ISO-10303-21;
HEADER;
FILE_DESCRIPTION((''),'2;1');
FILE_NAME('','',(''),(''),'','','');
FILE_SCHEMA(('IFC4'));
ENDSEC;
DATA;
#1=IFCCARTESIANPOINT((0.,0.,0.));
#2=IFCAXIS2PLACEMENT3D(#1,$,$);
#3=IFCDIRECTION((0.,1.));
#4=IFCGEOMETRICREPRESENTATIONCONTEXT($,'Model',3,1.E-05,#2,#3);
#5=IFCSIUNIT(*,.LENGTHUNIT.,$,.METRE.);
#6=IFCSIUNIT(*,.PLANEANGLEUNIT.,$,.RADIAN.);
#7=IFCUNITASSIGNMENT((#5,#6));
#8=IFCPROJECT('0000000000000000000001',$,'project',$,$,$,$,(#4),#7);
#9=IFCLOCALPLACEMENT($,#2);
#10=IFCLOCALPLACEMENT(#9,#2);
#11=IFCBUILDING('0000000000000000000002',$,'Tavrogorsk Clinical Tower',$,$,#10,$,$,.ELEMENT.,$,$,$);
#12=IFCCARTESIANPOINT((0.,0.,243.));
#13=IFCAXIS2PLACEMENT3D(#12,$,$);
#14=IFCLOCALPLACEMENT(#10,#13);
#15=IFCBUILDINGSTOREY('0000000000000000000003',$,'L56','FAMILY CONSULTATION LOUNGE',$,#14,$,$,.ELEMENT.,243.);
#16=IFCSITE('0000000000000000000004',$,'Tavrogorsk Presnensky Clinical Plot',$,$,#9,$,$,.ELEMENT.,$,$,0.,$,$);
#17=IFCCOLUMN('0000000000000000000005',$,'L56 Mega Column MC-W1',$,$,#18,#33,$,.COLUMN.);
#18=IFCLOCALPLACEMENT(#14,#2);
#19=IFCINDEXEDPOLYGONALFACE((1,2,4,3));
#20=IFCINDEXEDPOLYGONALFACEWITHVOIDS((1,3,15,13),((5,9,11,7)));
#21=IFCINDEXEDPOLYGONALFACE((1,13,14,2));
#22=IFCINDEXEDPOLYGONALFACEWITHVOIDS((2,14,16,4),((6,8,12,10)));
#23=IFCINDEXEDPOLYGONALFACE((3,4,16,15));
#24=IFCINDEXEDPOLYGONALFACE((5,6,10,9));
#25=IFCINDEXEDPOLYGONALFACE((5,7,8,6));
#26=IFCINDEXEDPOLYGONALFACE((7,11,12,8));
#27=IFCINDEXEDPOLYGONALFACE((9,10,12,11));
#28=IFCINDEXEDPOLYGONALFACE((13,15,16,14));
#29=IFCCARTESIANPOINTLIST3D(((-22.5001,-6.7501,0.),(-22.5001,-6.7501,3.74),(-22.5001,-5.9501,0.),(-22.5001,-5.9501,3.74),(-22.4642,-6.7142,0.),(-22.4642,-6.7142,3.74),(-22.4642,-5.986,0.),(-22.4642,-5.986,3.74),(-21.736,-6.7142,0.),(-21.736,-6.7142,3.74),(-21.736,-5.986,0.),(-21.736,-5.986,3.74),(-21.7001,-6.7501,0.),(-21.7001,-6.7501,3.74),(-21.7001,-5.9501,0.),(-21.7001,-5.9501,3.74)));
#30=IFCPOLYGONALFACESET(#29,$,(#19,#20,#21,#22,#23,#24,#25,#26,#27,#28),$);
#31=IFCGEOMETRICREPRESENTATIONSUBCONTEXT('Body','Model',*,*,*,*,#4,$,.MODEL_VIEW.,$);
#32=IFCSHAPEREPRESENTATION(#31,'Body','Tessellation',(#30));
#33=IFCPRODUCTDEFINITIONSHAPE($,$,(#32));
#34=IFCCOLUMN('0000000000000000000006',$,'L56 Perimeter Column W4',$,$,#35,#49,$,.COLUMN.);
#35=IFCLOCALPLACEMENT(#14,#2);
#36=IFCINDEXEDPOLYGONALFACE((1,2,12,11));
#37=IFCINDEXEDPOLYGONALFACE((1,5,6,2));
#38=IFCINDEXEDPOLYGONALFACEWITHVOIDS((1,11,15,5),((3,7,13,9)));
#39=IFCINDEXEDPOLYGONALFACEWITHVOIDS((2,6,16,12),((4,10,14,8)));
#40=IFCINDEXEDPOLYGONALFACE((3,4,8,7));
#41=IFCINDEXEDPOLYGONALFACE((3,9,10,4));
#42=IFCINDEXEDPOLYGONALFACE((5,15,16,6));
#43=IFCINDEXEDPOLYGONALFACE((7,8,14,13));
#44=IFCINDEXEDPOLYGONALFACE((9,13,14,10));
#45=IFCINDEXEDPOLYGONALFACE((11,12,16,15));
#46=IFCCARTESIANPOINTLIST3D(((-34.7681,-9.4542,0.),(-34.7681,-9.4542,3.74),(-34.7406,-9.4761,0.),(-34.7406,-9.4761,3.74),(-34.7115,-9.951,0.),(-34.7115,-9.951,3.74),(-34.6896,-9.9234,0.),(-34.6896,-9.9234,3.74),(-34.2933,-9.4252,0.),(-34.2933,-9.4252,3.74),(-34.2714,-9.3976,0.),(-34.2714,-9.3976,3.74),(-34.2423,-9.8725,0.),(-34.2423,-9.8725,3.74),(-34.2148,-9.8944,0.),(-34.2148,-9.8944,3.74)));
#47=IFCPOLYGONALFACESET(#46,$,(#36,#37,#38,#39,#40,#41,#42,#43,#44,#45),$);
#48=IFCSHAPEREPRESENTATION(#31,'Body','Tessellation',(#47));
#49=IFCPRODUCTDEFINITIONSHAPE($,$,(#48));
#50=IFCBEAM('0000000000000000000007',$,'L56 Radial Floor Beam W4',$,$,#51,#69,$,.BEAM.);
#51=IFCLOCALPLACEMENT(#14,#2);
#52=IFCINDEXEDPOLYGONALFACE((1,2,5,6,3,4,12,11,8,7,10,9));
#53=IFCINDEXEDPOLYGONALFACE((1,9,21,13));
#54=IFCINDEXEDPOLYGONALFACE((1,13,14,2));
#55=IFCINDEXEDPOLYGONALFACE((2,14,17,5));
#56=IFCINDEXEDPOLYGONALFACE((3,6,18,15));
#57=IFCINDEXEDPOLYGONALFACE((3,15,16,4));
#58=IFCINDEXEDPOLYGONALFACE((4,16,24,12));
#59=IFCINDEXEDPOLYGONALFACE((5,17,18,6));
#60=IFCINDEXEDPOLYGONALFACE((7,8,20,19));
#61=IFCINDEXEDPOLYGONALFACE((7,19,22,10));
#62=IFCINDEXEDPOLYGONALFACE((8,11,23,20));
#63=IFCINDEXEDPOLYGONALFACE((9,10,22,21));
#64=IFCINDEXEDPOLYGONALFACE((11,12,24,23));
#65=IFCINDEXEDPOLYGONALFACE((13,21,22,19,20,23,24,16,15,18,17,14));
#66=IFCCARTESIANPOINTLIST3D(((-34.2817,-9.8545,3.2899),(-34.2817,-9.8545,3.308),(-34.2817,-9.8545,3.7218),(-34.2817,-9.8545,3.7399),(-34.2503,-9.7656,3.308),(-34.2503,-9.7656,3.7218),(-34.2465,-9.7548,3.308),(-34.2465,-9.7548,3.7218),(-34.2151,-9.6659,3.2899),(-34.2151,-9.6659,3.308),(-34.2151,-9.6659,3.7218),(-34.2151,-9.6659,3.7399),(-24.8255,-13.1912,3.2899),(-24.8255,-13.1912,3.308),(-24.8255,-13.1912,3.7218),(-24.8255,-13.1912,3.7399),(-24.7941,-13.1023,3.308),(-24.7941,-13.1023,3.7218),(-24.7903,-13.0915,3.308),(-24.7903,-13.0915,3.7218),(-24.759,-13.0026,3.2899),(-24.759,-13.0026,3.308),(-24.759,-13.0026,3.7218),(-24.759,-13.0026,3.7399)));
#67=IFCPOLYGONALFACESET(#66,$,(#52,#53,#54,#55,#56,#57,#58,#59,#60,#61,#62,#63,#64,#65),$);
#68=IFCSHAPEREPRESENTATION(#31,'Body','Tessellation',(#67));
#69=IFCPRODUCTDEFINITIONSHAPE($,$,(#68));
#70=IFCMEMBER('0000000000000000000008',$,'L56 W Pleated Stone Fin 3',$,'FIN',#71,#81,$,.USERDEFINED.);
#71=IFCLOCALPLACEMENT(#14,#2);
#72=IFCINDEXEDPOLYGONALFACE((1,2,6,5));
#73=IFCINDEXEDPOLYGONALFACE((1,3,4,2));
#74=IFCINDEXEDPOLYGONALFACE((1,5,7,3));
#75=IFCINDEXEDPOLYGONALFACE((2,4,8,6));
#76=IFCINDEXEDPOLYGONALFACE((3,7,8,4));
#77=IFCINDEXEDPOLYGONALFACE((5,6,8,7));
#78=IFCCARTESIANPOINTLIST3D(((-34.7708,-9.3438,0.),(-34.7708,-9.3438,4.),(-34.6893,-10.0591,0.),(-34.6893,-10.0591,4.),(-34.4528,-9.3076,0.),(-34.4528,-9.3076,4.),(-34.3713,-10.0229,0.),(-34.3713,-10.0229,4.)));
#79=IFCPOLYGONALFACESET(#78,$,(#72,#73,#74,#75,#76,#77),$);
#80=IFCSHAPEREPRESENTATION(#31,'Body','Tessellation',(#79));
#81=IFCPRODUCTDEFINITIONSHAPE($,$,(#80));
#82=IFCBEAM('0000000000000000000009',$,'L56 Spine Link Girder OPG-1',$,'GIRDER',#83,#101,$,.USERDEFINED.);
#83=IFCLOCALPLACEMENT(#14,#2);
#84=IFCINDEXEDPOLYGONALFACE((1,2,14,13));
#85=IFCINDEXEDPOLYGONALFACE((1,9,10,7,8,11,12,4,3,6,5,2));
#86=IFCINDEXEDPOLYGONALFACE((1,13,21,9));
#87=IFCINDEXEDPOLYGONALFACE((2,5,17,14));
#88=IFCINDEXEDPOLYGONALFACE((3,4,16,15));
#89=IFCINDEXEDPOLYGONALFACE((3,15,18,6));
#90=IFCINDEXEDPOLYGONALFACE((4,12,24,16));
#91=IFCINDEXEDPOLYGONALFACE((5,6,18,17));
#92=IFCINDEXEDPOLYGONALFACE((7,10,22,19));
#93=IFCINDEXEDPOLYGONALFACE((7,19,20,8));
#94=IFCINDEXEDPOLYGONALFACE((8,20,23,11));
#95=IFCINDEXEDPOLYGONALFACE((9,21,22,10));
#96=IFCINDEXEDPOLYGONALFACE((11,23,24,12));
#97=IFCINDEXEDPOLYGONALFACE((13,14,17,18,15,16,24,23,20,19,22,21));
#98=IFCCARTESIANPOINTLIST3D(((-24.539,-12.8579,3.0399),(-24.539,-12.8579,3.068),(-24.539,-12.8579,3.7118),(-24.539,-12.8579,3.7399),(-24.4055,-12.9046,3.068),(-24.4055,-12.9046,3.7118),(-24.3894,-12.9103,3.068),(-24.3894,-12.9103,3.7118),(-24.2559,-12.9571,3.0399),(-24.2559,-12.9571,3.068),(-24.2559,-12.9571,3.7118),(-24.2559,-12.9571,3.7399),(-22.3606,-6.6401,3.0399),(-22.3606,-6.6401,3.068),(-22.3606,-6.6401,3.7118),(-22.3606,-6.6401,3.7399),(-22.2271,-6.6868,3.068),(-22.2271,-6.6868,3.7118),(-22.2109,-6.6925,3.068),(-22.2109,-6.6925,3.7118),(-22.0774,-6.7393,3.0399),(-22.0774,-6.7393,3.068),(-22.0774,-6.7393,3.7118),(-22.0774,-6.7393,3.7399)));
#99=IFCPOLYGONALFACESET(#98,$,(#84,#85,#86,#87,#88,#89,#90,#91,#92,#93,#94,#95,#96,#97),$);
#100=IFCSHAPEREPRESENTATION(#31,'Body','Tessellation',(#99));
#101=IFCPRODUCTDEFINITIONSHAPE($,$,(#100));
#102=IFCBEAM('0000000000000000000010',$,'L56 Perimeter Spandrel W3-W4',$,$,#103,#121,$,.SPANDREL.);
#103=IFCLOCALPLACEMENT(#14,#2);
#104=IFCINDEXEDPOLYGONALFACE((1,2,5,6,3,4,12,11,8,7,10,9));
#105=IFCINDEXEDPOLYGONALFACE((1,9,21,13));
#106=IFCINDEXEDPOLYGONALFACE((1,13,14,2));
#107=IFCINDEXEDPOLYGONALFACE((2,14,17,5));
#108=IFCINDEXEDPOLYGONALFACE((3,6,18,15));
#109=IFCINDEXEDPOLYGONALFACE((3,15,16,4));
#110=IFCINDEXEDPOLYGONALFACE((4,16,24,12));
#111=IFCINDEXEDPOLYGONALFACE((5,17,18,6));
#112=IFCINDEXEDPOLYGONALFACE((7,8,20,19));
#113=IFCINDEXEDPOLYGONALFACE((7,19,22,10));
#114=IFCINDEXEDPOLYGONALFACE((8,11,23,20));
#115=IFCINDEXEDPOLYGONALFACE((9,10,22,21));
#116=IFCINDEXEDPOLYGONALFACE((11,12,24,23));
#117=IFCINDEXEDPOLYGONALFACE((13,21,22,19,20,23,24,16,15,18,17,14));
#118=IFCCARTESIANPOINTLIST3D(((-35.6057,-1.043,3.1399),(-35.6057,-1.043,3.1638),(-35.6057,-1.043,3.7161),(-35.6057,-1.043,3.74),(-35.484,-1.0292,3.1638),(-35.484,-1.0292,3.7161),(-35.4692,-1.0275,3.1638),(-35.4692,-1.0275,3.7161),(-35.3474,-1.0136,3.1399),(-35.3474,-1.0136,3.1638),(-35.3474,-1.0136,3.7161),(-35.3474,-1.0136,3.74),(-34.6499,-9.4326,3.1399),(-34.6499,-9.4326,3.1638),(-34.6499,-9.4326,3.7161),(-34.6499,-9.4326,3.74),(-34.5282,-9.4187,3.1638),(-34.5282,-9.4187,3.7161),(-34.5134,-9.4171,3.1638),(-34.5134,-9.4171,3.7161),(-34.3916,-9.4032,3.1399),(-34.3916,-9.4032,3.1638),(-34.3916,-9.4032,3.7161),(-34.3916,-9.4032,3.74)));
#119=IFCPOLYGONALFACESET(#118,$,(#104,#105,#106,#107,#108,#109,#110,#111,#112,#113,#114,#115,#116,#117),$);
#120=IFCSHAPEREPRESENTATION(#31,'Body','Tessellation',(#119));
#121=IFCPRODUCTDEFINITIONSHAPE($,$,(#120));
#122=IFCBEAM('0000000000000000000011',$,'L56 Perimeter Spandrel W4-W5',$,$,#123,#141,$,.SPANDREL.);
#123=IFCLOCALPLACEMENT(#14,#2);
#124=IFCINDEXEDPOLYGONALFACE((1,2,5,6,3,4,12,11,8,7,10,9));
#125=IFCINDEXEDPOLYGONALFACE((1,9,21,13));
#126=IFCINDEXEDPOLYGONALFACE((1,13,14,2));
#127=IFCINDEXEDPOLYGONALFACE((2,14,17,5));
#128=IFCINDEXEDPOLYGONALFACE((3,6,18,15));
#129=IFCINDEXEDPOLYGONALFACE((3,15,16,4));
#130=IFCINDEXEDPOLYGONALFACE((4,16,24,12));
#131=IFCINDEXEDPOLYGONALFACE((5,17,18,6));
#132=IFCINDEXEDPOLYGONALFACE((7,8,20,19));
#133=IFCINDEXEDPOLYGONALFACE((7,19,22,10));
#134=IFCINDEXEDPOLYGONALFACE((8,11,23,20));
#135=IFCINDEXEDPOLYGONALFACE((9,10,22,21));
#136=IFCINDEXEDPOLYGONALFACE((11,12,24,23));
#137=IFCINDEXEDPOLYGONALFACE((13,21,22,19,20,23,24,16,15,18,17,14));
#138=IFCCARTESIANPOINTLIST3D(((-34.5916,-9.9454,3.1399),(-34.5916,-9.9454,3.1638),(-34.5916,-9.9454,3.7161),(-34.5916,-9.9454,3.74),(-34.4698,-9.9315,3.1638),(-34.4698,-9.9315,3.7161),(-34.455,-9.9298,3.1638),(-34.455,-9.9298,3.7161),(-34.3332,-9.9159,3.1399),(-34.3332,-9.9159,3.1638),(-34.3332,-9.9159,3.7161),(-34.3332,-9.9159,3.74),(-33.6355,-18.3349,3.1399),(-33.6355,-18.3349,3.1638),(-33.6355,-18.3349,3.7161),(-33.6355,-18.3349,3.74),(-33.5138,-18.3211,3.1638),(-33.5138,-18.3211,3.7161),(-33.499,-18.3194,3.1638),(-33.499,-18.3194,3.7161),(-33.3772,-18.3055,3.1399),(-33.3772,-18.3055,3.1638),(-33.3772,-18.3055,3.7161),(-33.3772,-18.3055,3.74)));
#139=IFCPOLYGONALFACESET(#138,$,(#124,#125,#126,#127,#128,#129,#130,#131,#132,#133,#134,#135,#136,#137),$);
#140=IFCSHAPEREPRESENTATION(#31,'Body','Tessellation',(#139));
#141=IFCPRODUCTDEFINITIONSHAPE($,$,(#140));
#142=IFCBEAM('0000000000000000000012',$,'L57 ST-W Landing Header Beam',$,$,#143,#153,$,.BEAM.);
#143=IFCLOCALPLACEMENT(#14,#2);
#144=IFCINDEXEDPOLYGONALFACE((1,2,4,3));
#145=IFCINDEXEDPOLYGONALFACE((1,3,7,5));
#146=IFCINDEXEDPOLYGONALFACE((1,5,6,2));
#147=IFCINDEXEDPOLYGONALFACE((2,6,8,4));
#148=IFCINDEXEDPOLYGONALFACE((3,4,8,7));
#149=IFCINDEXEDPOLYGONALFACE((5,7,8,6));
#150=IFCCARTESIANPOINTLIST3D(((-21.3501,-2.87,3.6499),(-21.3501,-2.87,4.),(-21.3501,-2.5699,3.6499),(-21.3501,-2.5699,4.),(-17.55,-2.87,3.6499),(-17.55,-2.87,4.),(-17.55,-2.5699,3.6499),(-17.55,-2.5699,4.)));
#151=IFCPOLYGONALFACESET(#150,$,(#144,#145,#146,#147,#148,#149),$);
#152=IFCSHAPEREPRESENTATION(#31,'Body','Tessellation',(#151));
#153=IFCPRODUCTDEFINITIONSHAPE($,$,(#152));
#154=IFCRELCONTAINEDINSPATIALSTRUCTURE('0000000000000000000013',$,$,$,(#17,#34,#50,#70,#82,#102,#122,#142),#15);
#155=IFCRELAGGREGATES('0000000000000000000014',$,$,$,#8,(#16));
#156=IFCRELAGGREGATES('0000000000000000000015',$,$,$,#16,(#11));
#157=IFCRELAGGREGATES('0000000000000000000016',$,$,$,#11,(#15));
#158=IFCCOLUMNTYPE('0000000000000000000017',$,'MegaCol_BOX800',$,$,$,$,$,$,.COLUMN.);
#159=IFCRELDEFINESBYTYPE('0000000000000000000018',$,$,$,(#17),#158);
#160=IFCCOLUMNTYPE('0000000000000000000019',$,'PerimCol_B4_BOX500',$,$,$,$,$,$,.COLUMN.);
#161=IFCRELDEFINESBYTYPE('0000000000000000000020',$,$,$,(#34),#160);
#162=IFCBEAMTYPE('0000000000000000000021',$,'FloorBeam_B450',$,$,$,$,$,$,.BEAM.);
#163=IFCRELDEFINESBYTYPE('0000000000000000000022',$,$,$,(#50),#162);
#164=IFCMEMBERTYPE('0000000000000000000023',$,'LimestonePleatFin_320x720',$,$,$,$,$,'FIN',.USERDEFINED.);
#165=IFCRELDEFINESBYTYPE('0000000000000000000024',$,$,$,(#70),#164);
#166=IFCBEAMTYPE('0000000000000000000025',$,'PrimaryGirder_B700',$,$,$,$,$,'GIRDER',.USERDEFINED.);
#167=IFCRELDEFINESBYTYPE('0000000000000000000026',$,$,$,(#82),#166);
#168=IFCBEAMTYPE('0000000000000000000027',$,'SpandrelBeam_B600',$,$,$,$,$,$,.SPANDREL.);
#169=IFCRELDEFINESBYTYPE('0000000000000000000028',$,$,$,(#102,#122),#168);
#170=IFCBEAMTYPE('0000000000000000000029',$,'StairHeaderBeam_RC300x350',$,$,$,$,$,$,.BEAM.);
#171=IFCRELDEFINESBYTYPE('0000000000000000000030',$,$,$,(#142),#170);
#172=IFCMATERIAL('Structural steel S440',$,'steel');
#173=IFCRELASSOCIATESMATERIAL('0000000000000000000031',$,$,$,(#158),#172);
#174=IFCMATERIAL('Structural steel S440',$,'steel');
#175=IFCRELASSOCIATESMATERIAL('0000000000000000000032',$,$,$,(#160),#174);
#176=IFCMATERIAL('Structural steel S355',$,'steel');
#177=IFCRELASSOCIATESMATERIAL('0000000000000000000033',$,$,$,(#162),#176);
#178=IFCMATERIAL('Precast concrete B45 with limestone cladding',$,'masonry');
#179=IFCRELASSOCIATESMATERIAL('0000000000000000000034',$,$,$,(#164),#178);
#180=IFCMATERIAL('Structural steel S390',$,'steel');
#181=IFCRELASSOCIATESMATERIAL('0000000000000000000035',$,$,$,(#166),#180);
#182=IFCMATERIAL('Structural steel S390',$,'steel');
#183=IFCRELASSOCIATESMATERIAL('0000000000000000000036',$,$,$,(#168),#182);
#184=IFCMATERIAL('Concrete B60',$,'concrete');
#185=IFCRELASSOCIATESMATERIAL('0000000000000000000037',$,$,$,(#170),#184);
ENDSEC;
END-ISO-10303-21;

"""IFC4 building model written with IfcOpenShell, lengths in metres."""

from ifc_helpers import new_model, si_unit, direction, frame, origin, origin_2d, place, context, subcontext, project, spatial, rectangle, hollow_rectangle, i_section, extrude, material, material_profile, profile_set, type_object, element, save


model = new_model("IFC4")

# Units and contexts
model_context = context("Model", 3, precision=1e-05, world=origin(), true_north=direction((0.0, 1.0)))
body_context = subcontext(model_context, "Body", "Model", "MODEL_VIEW")
ifc_project = project(units=[si_unit("LENGTHUNIT", "METRE"), si_unit("PLANEANGLEUNIT", "RADIAN")], contexts=[model_context])

# Site, building, storey
site_placement = place(None, origin())
site = spatial("IfcSite", under=ifc_project, at=site_placement, Name="Tavrogorsk Presnensky Clinical Plot", CompositionType="ELEMENT", RefElevation=0.0)
building_placement = place(site_placement, origin())
building = spatial("IfcBuilding", under=site, at=building_placement, Name="Tavrogorsk Clinical Tower", CompositionType="ELEMENT")
storey_placement = place(building_placement, frame((0.0, 0.0, 243.0)))
storey = spatial("IfcBuildingStorey", under=building, at=storey_placement, Name="L56", Description="FAMILY CONSULTATION LOUNGE", CompositionType="ELEMENT", Elevation=243.0)

# Columns
ifc_material_1 = material(Name="Structural steel S440", Category="steel")
ifc_material_profile_1 = material_profile(ifc_material_1, hollow_rectangle(XDim=0.8, YDim=0.8, WallThickness=0.0359, at=origin_2d()), Name="BOX-800x800x36")
ifc_profile_set_1 = profile_set([ifc_material_profile_1], Name="Structural steel S440")
column_type_1 = type_object("IfcColumnType", Name="MegaCol_BOX800", PredefinedType="COLUMN", material=ifc_profile_set_1)
column_1_placement = place(storey_placement, frame((-22.1001, -6.3501, 0.0), z_axis=(0.0, 0.0, 1.0), x_axis=(1.0, 0.0, 0.0)))
element("IfcColumn", 1, at=column_1_placement, inside=storey, type_object=column_type_1, Name="L56 Mega Column MC-W1", PredefinedType="COLUMN", context=body_context, shape_type="SweptSolid", body=[
    extrude(hollow_rectangle(XDim=0.8, YDim=0.8, WallThickness=0.0359, at=origin_2d()), origin(), (0.0, 0.0, 1.0), 3.74),
])
ifc_material_2 = material(Name="Structural steel S440", Category="steel")
ifc_material_profile_2 = material_profile(ifc_material_2, hollow_rectangle(XDim=0.5, YDim=0.5, WallThickness=0.0249, at=origin_2d()), Name="BOX-500x500x25")
ifc_profile_set_2 = profile_set([ifc_material_profile_2], Name="Structural steel S440")
column_type_2 = type_object("IfcColumnType", Name="PerimCol_B4_BOX500", PredefinedType="COLUMN", material=ifc_profile_set_2)
column_2_placement = place(storey_placement, frame((-34.4915, -9.6743, 0.0), z_axis=(0.0, 0.0, 1.0), x_axis=(0.993572, 0.113203, 0.0)))
element("IfcColumn", 2, at=column_2_placement, inside=storey, type_object=column_type_2, Name="L56 Perimeter Column W4", PredefinedType="COLUMN", context=body_context, shape_type="SweptSolid", body=[
    extrude(hollow_rectangle(XDim=0.5, YDim=0.5, WallThickness=0.0249, at=origin_2d()), origin(), (0.0, 0.0, 1.0), 3.74),
])

# Beam
ifc_material_3 = material(Name="Structural steel S355", Category="steel")
ifc_material_profile_3 = material_profile(ifc_material_3, i_section(OverallWidth=0.2, OverallDepth=0.45, WebThickness=0.0115, FlangeThickness=0.0181, at=origin_2d()), Name="B-450x200x11.5x18")
ifc_profile_set_3 = profile_set([ifc_material_profile_3], Name="Structural steel S355")
beam_type_1 = type_object("IfcBeamType", Name="FloorBeam_B450", PredefinedType="BEAM", material=ifc_profile_set_3)
beam_1_placement = place(storey_placement, frame((-24.7922, -13.0969, 3.5149), z_axis=(-0.943014, 0.332753, 0.0), x_axis=(-0.332753, -0.943014, 0.0)))
element("IfcBeam", 3, at=beam_1_placement, inside=storey, type_object=beam_type_1, Name="L56 Radial Floor Beam W4", PredefinedType="BEAM", context=body_context, shape_type="SweptSolid", body=[
    extrude(i_section(OverallWidth=0.2, OverallDepth=0.45, WebThickness=0.0115, FlangeThickness=0.0181, at=origin_2d()), origin(), (0.0, 0.0, 1.0), 10.0276),
])

# Member
ifc_material_4 = material(Name="Precast concrete B45 with limestone cladding", Category="masonry")
ifc_material_profile_4 = material_profile(ifc_material_4, rectangle(XDim=0.3201, YDim=0.72, at=origin_2d()), Name="LIMESTONE-FIN-320x720")
ifc_profile_set_4 = profile_set([ifc_material_profile_4], Name="Precast concrete B45 with limestone cladding")
member_type = type_object("IfcMemberType", Name="LimestonePleatFin_320x720", ElementType="FIN", PredefinedType="USERDEFINED", material=ifc_profile_set_4)
member_placement = place(storey_placement, frame((-34.571, -9.6833, 0.0), z_axis=(0.0, 0.0, 1.0), x_axis=(0.993572, 0.113203, 0.0)))
element("IfcMember", 4, at=member_placement, inside=storey, type_object=member_type, Name="L56 W Pleated Stone Fin 3", ObjectType="FIN", PredefinedType="USERDEFINED", context=body_context, shape_type="SweptSolid", body=[
    extrude(rectangle(XDim=0.3201, YDim=0.72, at=origin_2d()), origin(), (0.0, 0.0, 1.0), 4.0),
])

# Beams
ifc_material_5 = material(Name="Structural steel S390", Category="steel")
ifc_material_profile_5 = material_profile(ifc_material_5, i_section(OverallWidth=0.3, OverallDepth=0.7, WebThickness=0.0171, FlangeThickness=0.0281, at=origin_2d()), Name="B-700x300x17x28")
ifc_profile_set_5 = profile_set([ifc_material_profile_5], Name="Structural steel S390")
beam_type_2 = type_object("IfcBeamType", Name="PrimaryGirder_B700", ElementType="GIRDER", PredefinedType="USERDEFINED", material=ifc_profile_set_5)
beam_2_placement = place(storey_placement, frame((-24.3975, -12.9075, 3.3899), z_axis=(0.330654, 0.943752, 0.0), x_axis=(-0.943752, 0.330654, 0.0)))
element("IfcBeam", 5, at=beam_2_placement, inside=storey, type_object=beam_type_2, Name="L56 Spine Link Girder OPG-1", ObjectType="GIRDER", PredefinedType="USERDEFINED", context=body_context, shape_type="SweptSolid", body=[
    extrude(i_section(OverallWidth=0.3, OverallDepth=0.7, WebThickness=0.0171, FlangeThickness=0.0281, at=origin_2d()), origin(), (0.0, 0.0, 1.0), 6.5884),
])
ifc_material_6 = material(Name="Structural steel S390", Category="steel")
ifc_material_profile_6 = material_profile(ifc_material_6, i_section(OverallWidth=0.26, OverallDepth=0.6001, WebThickness=0.0149, FlangeThickness=0.0239, at=origin_2d()), Name="B-600x260x15x24")
ifc_profile_set_6 = profile_set([ifc_material_profile_6], Name="Structural steel S390")
beam_type_3 = type_object("IfcBeamType", Name="SpandrelBeam_B600", PredefinedType="SPANDREL", material=ifc_profile_set_6)
for number, where, z_axis, x_axis, name in (
    (6, (-35.4766, -1.0283, 3.4399), (0.113195, -0.993573, 0.0), (0.993573, 0.113195, 0.0), "L56 Perimeter Spandrel W3-W4"),
    (7, (-34.4624, -9.9307, 3.4399), (0.113224, -0.99357, 0.0), (0.99357, 0.113224, 0.0), "L56 Perimeter Spandrel W4-W5"),
):
    element("IfcBeam", number, at=place(storey_placement, frame(where, z_axis=z_axis, x_axis=x_axis)), inside=storey, type_object=beam_type_3, Name=name, PredefinedType="SPANDREL", context=body_context, shape_type="SweptSolid", body=[
        extrude(i_section(OverallWidth=0.26, OverallDepth=0.6001, WebThickness=0.0149, FlangeThickness=0.0239, at=origin_2d()), origin(), (0.0, 0.0, 1.0), 8.4438),
    ])
ifc_material_7 = material(Name="Concrete B60", Category="concrete")
ifc_material_profile_7 = material_profile(ifc_material_7, rectangle(XDim=0.3, YDim=0.3501, at=origin_2d()), Name="RC-SHB-300x350")
ifc_profile_set_7 = profile_set([ifc_material_profile_7], Name="Concrete B60")
beam_type_4 = type_object("IfcBeamType", Name="StairHeaderBeam_RC300x350", PredefinedType="BEAM", material=ifc_profile_set_7)
beam_3_placement = place(storey_placement, frame((-21.3501, -2.72, 3.825), z_axis=(1.0, 0.0, 0.0), x_axis=(0.0, 1.0, 0.0)))
element("IfcBeam", 8, at=beam_3_placement, inside=storey, type_object=beam_type_4, Name="L57 ST-W Landing Header Beam", PredefinedType="BEAM", context=body_context, shape_type="SweptSolid", body=[
    extrude(rectangle(XDim=0.3, YDim=0.3501, at=origin_2d()), origin(), (0.0, 0.0, 1.0), 3.8),
])

save(model, "model.ifc")
